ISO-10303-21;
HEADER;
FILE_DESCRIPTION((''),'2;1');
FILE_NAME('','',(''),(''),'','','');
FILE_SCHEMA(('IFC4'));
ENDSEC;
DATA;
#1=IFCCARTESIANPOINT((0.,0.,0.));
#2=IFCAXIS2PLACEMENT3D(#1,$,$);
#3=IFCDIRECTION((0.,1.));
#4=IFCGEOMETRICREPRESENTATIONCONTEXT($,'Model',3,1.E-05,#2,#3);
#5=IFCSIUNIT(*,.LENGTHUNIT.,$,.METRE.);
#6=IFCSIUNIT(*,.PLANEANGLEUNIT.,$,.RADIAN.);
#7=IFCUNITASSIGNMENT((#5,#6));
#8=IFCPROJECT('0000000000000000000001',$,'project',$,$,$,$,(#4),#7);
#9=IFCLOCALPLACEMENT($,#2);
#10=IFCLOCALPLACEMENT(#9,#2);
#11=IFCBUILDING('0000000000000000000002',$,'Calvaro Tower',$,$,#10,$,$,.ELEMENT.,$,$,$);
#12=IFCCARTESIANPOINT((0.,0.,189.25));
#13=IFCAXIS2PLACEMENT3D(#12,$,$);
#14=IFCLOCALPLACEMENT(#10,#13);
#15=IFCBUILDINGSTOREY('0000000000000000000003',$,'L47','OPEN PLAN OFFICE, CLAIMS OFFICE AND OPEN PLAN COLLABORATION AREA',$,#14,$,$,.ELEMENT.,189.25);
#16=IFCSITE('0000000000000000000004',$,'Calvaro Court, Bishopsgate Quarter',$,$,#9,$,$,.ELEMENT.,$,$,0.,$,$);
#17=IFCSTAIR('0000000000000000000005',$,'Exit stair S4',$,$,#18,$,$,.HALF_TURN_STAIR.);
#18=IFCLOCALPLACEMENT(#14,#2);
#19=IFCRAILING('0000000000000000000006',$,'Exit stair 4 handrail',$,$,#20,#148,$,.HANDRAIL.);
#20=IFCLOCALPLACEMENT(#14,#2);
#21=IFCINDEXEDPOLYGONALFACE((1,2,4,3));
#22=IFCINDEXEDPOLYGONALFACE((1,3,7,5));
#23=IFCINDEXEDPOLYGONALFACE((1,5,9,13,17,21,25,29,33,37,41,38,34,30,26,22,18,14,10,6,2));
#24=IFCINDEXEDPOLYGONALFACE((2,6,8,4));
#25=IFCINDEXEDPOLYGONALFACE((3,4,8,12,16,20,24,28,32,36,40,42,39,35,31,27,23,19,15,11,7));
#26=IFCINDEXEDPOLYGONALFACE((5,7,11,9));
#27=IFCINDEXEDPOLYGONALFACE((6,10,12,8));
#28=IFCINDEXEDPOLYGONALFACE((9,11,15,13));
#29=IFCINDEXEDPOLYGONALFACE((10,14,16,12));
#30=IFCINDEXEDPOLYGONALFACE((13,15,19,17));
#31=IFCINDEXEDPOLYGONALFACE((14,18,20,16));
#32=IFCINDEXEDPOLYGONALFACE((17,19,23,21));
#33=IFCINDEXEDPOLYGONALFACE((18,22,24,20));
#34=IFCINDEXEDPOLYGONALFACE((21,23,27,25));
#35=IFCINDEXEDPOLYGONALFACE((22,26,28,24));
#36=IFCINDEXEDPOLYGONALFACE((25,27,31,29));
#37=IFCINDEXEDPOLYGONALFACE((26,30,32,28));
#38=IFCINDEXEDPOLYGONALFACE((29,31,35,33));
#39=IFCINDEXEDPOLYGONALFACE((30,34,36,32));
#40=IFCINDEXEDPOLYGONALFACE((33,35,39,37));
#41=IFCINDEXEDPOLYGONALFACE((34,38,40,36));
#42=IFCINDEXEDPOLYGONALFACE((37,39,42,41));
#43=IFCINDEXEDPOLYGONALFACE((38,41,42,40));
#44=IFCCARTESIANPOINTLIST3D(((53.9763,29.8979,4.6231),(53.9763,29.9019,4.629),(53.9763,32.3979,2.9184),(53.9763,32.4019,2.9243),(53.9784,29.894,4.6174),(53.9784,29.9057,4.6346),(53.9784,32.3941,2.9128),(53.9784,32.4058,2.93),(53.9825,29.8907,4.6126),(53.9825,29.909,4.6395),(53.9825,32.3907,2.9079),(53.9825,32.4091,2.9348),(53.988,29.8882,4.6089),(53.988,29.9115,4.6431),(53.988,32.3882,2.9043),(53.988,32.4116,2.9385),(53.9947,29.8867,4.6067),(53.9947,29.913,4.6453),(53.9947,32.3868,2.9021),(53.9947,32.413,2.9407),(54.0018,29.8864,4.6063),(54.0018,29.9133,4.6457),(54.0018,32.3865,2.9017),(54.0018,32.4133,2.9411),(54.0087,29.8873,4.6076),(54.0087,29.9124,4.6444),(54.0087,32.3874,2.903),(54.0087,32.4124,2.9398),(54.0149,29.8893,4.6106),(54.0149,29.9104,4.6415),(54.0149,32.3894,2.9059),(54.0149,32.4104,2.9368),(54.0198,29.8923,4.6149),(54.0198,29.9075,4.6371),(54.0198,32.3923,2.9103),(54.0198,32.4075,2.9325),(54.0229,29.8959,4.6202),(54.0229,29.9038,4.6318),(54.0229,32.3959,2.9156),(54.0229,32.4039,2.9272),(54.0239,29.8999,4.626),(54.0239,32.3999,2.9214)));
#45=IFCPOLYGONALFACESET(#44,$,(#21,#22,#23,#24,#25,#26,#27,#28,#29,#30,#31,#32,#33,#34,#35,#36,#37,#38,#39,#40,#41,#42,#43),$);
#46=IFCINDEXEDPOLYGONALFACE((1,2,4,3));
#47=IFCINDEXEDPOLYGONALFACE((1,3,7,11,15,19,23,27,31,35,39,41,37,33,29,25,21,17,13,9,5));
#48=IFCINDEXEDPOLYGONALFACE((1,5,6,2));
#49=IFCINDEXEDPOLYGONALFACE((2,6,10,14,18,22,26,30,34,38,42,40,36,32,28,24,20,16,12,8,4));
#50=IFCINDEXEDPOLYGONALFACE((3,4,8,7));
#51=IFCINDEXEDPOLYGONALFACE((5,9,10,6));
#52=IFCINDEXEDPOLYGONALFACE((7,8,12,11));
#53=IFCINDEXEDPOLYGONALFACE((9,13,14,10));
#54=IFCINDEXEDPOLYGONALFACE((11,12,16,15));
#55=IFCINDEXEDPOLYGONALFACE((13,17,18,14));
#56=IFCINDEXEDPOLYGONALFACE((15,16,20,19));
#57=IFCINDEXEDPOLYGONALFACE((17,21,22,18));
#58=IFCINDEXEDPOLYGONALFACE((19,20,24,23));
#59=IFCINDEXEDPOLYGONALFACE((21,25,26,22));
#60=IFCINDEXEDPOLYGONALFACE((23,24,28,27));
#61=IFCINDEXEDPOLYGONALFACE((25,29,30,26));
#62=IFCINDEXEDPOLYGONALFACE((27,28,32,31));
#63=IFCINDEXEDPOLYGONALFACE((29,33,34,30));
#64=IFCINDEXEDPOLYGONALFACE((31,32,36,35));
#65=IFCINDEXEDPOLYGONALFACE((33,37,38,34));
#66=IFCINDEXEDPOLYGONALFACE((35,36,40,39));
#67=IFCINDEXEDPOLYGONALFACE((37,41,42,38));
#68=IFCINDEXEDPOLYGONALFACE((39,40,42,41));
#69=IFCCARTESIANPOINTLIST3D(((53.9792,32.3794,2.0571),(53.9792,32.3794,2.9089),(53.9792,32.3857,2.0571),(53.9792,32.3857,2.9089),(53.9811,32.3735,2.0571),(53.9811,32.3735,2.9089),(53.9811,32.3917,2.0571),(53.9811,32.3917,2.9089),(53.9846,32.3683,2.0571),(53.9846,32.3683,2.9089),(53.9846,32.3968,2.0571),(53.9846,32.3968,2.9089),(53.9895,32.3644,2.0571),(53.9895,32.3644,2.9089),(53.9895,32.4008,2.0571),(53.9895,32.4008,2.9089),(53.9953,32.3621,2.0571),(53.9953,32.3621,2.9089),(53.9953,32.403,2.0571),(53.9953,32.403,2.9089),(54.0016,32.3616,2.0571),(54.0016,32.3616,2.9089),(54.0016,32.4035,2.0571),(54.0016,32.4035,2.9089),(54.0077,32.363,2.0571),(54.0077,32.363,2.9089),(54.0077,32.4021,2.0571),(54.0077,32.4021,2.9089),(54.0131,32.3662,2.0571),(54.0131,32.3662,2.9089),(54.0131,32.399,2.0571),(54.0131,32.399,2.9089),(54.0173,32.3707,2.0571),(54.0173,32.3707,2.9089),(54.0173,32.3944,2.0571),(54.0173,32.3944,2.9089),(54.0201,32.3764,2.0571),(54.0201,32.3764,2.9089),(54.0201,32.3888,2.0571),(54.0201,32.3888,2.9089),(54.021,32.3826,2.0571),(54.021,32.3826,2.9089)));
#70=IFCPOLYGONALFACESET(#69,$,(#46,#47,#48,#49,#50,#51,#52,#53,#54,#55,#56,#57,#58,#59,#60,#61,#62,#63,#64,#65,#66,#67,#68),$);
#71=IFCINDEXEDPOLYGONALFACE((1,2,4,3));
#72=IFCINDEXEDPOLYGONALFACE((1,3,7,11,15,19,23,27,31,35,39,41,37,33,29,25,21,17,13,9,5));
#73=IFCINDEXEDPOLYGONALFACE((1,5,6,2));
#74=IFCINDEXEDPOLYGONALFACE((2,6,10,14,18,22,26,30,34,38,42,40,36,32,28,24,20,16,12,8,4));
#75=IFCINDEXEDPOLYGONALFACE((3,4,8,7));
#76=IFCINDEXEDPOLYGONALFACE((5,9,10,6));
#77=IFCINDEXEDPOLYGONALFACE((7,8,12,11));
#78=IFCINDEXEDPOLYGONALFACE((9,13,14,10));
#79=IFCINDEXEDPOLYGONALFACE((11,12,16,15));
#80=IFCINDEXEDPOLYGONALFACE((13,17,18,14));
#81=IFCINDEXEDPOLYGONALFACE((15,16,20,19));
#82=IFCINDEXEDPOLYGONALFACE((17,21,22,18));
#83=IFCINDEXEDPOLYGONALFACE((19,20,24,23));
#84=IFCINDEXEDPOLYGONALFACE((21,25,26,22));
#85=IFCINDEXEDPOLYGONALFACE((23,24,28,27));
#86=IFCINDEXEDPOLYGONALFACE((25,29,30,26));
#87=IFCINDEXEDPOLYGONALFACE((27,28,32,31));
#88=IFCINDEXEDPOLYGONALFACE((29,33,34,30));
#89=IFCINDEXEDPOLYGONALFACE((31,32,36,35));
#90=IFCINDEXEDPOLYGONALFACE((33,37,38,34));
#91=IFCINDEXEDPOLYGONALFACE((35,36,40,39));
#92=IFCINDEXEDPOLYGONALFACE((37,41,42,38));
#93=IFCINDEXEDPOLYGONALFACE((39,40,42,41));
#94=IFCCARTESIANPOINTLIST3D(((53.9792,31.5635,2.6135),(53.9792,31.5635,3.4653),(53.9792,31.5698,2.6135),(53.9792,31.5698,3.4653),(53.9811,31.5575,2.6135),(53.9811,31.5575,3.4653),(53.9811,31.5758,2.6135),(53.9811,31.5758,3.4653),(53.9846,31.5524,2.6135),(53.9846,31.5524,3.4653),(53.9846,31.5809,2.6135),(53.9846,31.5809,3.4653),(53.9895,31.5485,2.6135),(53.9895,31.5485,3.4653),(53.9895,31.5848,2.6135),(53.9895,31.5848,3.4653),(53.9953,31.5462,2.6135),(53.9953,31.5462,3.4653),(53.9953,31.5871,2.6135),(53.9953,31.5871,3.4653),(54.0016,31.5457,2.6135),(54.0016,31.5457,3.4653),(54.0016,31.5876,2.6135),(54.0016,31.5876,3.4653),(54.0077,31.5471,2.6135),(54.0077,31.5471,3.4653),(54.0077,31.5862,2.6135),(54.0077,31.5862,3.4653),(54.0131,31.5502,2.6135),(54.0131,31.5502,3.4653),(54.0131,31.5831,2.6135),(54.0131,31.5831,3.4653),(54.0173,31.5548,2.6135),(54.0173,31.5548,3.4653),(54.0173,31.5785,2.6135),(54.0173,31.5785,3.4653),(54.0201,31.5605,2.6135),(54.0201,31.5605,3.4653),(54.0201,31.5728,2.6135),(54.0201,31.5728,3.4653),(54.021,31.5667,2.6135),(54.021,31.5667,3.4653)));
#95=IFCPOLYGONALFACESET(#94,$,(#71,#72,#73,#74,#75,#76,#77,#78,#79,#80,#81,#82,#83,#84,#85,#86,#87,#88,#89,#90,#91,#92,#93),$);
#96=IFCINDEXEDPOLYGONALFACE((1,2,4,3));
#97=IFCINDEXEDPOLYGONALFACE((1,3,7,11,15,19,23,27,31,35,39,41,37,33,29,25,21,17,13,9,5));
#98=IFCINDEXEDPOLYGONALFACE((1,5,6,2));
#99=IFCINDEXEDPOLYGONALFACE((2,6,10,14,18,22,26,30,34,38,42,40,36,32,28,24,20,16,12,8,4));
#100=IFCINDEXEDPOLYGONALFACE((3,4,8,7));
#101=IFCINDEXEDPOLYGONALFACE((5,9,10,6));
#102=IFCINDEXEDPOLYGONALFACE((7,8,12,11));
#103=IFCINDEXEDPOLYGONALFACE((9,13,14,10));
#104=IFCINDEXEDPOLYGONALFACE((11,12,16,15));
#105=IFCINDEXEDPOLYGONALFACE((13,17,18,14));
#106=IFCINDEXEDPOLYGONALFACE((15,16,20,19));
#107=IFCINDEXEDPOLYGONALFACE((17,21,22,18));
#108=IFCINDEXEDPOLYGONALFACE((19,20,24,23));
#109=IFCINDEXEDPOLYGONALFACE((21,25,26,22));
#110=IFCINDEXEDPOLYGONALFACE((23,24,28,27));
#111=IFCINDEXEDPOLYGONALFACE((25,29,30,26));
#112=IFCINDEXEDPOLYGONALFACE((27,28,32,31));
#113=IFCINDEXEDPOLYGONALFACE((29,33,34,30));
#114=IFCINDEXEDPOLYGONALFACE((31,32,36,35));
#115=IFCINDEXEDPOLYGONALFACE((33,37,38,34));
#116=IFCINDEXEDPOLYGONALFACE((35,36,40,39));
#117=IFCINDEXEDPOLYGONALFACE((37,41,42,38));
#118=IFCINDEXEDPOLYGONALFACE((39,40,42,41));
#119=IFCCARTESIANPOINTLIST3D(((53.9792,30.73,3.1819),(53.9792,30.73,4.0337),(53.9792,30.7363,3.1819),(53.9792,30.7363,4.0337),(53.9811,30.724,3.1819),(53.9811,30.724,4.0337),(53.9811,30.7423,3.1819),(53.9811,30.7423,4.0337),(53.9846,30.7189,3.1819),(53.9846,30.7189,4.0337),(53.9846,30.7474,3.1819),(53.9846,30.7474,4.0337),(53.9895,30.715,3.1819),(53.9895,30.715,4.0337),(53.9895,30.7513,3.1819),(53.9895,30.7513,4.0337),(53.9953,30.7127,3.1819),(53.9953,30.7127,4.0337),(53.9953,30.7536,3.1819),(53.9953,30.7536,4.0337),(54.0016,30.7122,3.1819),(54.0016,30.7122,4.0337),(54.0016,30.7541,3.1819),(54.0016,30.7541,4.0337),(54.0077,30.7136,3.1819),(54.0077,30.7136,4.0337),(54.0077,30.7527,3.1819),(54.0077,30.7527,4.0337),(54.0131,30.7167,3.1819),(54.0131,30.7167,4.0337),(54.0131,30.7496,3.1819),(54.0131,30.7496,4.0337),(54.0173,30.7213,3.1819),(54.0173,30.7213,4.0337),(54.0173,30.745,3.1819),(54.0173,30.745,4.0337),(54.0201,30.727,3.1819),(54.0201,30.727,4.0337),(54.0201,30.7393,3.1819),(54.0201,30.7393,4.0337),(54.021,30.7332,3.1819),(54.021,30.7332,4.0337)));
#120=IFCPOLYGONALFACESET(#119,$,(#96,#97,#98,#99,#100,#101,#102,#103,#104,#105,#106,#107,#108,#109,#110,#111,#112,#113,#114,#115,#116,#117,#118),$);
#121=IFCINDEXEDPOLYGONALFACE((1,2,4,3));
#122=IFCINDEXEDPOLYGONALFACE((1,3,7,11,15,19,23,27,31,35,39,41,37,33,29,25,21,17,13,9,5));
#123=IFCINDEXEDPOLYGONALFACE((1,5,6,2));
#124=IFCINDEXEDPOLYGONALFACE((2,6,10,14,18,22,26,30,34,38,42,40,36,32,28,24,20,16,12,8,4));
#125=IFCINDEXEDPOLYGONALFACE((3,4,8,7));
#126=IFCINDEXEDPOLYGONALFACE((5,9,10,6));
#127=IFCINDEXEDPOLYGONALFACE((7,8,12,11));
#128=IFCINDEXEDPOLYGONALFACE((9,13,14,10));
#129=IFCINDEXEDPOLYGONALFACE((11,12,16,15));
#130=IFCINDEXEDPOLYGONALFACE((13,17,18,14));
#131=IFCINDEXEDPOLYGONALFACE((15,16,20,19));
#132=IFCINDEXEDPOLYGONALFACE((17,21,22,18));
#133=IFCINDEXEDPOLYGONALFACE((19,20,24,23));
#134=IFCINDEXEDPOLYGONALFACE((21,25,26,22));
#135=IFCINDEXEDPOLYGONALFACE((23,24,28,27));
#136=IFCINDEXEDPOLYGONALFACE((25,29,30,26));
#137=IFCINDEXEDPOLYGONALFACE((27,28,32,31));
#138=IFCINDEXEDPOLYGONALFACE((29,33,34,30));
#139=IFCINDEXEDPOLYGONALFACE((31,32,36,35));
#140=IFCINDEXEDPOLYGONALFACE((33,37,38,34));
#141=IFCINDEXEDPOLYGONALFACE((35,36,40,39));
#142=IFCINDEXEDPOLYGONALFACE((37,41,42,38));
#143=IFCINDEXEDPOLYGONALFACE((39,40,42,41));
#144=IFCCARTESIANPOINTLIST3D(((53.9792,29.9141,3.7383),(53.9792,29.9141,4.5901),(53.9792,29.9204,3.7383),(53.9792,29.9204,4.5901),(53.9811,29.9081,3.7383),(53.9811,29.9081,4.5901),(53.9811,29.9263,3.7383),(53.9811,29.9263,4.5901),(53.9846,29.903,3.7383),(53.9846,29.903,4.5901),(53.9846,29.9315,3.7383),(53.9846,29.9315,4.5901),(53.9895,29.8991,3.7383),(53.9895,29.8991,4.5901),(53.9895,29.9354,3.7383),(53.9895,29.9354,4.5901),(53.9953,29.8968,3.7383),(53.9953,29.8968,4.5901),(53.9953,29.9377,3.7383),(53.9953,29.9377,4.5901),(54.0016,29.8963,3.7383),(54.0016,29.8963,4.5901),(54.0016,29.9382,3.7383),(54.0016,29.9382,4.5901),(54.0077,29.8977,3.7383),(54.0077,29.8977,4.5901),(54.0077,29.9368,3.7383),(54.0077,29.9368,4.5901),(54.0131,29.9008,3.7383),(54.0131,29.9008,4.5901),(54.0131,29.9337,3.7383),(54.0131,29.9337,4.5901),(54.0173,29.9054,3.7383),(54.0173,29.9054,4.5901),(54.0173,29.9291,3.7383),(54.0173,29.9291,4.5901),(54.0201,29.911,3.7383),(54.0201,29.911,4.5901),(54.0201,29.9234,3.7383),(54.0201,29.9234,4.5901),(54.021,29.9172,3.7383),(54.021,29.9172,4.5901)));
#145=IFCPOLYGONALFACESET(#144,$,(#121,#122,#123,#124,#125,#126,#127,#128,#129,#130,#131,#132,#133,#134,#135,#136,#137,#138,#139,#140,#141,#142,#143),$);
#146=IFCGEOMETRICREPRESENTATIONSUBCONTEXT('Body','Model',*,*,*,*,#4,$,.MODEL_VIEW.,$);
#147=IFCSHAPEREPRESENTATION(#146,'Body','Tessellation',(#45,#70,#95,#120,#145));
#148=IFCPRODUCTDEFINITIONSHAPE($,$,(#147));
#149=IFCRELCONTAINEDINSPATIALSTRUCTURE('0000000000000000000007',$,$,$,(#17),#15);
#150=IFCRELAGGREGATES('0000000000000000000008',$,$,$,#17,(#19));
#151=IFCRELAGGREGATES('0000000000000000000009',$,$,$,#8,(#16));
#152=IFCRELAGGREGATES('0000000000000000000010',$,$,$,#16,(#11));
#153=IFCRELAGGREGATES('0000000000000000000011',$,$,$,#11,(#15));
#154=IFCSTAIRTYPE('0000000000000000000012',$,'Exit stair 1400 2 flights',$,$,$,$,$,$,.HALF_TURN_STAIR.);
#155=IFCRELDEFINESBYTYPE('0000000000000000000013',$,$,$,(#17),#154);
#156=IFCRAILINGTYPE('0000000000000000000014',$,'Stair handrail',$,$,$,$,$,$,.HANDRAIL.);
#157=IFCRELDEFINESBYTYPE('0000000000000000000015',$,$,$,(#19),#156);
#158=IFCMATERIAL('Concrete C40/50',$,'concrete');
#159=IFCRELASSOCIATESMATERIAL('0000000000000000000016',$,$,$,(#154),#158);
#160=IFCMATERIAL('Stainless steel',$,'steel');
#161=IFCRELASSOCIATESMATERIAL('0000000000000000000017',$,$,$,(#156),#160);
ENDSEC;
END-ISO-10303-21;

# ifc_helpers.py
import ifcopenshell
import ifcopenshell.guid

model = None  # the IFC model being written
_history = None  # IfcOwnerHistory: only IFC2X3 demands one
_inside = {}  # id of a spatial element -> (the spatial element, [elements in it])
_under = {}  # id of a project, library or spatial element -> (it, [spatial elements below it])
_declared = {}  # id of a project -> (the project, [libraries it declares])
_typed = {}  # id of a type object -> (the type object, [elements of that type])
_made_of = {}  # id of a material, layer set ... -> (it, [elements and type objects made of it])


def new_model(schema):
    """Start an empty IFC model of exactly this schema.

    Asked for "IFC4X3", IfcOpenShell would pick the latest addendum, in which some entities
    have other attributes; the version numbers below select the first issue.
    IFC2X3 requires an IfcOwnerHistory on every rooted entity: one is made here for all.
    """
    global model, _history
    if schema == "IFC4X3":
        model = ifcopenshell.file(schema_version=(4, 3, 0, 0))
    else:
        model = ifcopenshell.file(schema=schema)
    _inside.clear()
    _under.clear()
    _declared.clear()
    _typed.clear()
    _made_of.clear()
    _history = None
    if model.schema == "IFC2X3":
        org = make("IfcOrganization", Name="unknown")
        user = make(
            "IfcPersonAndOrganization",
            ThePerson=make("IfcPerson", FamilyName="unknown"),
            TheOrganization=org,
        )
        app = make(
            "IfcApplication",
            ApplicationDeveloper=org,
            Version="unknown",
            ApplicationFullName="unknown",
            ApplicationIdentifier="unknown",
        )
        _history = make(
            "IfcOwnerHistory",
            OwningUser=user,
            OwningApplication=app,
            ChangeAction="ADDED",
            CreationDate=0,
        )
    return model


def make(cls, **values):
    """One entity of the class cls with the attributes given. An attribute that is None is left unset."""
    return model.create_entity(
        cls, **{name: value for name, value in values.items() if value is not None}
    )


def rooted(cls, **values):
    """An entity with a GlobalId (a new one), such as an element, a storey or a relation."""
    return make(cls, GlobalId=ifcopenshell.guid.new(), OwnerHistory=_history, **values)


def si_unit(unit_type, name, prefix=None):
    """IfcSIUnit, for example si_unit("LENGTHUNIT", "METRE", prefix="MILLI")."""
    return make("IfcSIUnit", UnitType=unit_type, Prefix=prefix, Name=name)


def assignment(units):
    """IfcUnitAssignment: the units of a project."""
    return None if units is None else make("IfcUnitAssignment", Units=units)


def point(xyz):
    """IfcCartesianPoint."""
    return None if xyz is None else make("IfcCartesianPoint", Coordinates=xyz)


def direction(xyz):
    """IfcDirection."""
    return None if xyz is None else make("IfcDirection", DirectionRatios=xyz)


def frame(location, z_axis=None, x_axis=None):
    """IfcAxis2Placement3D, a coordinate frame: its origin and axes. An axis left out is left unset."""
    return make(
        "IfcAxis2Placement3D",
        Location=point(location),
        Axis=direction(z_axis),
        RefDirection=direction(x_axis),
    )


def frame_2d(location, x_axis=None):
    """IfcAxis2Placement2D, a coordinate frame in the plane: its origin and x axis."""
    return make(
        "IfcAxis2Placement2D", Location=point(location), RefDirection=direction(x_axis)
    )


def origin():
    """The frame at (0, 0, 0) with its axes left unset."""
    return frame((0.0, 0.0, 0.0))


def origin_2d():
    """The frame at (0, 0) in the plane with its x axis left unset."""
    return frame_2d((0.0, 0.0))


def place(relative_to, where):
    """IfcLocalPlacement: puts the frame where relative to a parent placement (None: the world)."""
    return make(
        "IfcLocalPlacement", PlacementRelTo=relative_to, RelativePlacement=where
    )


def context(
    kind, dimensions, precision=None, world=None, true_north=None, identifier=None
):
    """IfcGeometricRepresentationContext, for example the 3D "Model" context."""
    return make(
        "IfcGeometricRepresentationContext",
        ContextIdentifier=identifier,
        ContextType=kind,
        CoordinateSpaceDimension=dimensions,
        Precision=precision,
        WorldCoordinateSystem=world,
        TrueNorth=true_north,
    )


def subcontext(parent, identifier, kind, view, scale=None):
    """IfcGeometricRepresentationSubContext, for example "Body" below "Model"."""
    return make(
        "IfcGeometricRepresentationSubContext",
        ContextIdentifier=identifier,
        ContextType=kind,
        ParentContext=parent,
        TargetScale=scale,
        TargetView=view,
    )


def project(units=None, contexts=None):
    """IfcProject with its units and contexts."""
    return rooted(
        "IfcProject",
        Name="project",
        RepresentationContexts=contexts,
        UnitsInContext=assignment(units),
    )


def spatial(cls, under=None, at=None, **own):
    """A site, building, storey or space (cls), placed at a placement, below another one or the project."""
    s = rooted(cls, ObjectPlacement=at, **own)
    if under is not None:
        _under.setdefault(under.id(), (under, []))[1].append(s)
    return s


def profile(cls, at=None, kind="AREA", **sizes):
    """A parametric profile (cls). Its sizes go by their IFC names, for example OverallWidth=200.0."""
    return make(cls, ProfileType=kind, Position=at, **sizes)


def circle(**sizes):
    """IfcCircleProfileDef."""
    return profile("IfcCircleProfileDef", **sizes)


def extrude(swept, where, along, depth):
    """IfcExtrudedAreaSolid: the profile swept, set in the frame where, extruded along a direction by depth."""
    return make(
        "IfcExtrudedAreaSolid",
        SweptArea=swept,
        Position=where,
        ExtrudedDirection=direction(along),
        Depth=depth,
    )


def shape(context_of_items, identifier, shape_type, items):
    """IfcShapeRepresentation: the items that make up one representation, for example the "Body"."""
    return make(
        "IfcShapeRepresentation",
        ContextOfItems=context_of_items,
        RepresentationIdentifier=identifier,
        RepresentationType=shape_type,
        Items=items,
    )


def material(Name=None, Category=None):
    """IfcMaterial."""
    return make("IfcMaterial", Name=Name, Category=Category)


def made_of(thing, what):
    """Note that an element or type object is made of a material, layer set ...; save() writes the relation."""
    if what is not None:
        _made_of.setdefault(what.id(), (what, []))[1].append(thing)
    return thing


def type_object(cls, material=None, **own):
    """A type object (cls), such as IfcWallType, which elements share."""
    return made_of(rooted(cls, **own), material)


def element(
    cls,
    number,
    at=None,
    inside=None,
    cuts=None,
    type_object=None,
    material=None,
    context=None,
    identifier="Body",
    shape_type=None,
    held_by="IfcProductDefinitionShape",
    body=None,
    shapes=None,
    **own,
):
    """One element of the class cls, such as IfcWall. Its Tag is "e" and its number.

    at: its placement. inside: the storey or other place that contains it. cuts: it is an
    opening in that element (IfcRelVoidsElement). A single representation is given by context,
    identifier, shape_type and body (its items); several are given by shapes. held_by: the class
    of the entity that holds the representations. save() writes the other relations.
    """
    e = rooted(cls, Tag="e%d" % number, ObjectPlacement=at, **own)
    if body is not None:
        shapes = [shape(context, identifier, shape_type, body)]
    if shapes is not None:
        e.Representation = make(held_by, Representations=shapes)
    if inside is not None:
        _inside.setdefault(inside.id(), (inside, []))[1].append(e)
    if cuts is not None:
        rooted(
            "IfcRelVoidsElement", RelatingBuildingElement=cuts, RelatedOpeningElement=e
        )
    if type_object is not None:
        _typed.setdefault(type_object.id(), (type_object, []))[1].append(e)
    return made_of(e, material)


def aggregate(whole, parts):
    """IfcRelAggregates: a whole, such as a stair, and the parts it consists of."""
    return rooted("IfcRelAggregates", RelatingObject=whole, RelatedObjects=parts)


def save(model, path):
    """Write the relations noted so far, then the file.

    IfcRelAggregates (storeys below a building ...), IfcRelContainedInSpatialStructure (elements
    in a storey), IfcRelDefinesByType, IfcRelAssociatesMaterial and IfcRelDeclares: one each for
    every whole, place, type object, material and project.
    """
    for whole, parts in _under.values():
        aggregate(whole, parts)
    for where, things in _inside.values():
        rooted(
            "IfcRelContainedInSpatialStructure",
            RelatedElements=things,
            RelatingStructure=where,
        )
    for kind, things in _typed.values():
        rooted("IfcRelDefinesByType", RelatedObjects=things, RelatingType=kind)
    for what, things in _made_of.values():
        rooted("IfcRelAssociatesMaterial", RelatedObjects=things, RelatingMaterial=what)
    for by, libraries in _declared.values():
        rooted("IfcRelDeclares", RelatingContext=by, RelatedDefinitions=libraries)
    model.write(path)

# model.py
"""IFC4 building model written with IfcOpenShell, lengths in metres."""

from ifc_helpers import new_model, si_unit, direction, frame, origin, origin_2d, place, context, subcontext, project, spatial, circle, extrude, material, type_object, element, aggregate, save


model = new_model("IFC4")

# Units and contexts
model_context = context("Model", 3, precision=1e-05, world=origin(), true_north=direction((0.0, 1.0)))
body_context = subcontext(model_context, "Body", "Model", "MODEL_VIEW")
ifc_project = project(units=[si_unit("LENGTHUNIT", "METRE"), si_unit("PLANEANGLEUNIT", "RADIAN")], contexts=[model_context])

# Site, building, storey
site_placement = place(None, origin())
site = spatial("IfcSite", under=ifc_project, at=site_placement, Name="Calvaro Court, Bishopsgate Quarter", CompositionType="ELEMENT", RefElevation=0.0)
building_placement = place(site_placement, origin())
building = spatial("IfcBuilding", under=site, at=building_placement, Name="Calvaro Tower", CompositionType="ELEMENT")
storey_placement = place(building_placement, frame((0.0, 0.0, 189.25)))
storey = spatial("IfcBuildingStorey", under=building, at=storey_placement, Name="L47", Description="OPEN PLAN OFFICE, CLAIMS OFFICE AND OPEN PLAN COLLABORATION AREA", CompositionType="ELEMENT", Elevation=189.25)

# Stair
ifc_material_1 = material(Name="Concrete C40/50", Category="concrete")
stair_type = type_object("IfcStairType", Name="Exit stair 1400 2 flights", PredefinedType="HALF_TURN_STAIR", material=ifc_material_1)
stair_1_placement = place(storey_placement, origin())
stair_1 = element("IfcStair", 1, at=stair_1_placement, inside=storey, type_object=stair_type, Name="Exit stair S4", PredefinedType="HALF_TURN_STAIR")

# Railing
ifc_material_2 = material(Name="Stainless steel", Category="steel")
railing_type = type_object("IfcRailingType", Name="Stair handrail", PredefinedType="HANDRAIL", material=ifc_material_2)
railing_1_placement = place(storey_placement, frame((54.0, 32.3999, 2.0454)))
railing_1 = element("IfcRailing", 2, at=railing_1_placement, type_object=railing_type, Name="Exit stair 4 handrail", PredefinedType="HANDRAIL", context=body_context, shape_type="SweptSolid", body=[
    extrude(circle(Radius=0.0239, at=origin_2d()), frame((0.0, 0.0, 0.876), z_axis=(0.0, -0.826221, 0.563347), x_axis=(1.0, 0.0, 0.0)), (0.0, 0.0, 1.0), 3.0259),
    extrude(circle(Radius=0.021, at=origin_2d()), frame((0.0, -0.0173, 0.0117)), (0.0, 0.0, 1.0), 0.8518),
    extrude(circle(Radius=0.021, at=origin_2d()), frame((0.0, -0.8333, 0.5681)), (0.0, 0.0, 1.0), 0.8518),
    extrude(circle(Radius=0.021, at=origin_2d()), frame((0.0, -1.6667, 1.1365)), (0.0, 0.0, 1.0), 0.8518),
    extrude(circle(Radius=0.021, at=origin_2d()), frame((0.0, -2.4827, 1.6929)), (0.0, 0.0, 1.0), 0.8518),
])
aggregate(stair_1, [railing_1])

save(model, "model.ifc")
